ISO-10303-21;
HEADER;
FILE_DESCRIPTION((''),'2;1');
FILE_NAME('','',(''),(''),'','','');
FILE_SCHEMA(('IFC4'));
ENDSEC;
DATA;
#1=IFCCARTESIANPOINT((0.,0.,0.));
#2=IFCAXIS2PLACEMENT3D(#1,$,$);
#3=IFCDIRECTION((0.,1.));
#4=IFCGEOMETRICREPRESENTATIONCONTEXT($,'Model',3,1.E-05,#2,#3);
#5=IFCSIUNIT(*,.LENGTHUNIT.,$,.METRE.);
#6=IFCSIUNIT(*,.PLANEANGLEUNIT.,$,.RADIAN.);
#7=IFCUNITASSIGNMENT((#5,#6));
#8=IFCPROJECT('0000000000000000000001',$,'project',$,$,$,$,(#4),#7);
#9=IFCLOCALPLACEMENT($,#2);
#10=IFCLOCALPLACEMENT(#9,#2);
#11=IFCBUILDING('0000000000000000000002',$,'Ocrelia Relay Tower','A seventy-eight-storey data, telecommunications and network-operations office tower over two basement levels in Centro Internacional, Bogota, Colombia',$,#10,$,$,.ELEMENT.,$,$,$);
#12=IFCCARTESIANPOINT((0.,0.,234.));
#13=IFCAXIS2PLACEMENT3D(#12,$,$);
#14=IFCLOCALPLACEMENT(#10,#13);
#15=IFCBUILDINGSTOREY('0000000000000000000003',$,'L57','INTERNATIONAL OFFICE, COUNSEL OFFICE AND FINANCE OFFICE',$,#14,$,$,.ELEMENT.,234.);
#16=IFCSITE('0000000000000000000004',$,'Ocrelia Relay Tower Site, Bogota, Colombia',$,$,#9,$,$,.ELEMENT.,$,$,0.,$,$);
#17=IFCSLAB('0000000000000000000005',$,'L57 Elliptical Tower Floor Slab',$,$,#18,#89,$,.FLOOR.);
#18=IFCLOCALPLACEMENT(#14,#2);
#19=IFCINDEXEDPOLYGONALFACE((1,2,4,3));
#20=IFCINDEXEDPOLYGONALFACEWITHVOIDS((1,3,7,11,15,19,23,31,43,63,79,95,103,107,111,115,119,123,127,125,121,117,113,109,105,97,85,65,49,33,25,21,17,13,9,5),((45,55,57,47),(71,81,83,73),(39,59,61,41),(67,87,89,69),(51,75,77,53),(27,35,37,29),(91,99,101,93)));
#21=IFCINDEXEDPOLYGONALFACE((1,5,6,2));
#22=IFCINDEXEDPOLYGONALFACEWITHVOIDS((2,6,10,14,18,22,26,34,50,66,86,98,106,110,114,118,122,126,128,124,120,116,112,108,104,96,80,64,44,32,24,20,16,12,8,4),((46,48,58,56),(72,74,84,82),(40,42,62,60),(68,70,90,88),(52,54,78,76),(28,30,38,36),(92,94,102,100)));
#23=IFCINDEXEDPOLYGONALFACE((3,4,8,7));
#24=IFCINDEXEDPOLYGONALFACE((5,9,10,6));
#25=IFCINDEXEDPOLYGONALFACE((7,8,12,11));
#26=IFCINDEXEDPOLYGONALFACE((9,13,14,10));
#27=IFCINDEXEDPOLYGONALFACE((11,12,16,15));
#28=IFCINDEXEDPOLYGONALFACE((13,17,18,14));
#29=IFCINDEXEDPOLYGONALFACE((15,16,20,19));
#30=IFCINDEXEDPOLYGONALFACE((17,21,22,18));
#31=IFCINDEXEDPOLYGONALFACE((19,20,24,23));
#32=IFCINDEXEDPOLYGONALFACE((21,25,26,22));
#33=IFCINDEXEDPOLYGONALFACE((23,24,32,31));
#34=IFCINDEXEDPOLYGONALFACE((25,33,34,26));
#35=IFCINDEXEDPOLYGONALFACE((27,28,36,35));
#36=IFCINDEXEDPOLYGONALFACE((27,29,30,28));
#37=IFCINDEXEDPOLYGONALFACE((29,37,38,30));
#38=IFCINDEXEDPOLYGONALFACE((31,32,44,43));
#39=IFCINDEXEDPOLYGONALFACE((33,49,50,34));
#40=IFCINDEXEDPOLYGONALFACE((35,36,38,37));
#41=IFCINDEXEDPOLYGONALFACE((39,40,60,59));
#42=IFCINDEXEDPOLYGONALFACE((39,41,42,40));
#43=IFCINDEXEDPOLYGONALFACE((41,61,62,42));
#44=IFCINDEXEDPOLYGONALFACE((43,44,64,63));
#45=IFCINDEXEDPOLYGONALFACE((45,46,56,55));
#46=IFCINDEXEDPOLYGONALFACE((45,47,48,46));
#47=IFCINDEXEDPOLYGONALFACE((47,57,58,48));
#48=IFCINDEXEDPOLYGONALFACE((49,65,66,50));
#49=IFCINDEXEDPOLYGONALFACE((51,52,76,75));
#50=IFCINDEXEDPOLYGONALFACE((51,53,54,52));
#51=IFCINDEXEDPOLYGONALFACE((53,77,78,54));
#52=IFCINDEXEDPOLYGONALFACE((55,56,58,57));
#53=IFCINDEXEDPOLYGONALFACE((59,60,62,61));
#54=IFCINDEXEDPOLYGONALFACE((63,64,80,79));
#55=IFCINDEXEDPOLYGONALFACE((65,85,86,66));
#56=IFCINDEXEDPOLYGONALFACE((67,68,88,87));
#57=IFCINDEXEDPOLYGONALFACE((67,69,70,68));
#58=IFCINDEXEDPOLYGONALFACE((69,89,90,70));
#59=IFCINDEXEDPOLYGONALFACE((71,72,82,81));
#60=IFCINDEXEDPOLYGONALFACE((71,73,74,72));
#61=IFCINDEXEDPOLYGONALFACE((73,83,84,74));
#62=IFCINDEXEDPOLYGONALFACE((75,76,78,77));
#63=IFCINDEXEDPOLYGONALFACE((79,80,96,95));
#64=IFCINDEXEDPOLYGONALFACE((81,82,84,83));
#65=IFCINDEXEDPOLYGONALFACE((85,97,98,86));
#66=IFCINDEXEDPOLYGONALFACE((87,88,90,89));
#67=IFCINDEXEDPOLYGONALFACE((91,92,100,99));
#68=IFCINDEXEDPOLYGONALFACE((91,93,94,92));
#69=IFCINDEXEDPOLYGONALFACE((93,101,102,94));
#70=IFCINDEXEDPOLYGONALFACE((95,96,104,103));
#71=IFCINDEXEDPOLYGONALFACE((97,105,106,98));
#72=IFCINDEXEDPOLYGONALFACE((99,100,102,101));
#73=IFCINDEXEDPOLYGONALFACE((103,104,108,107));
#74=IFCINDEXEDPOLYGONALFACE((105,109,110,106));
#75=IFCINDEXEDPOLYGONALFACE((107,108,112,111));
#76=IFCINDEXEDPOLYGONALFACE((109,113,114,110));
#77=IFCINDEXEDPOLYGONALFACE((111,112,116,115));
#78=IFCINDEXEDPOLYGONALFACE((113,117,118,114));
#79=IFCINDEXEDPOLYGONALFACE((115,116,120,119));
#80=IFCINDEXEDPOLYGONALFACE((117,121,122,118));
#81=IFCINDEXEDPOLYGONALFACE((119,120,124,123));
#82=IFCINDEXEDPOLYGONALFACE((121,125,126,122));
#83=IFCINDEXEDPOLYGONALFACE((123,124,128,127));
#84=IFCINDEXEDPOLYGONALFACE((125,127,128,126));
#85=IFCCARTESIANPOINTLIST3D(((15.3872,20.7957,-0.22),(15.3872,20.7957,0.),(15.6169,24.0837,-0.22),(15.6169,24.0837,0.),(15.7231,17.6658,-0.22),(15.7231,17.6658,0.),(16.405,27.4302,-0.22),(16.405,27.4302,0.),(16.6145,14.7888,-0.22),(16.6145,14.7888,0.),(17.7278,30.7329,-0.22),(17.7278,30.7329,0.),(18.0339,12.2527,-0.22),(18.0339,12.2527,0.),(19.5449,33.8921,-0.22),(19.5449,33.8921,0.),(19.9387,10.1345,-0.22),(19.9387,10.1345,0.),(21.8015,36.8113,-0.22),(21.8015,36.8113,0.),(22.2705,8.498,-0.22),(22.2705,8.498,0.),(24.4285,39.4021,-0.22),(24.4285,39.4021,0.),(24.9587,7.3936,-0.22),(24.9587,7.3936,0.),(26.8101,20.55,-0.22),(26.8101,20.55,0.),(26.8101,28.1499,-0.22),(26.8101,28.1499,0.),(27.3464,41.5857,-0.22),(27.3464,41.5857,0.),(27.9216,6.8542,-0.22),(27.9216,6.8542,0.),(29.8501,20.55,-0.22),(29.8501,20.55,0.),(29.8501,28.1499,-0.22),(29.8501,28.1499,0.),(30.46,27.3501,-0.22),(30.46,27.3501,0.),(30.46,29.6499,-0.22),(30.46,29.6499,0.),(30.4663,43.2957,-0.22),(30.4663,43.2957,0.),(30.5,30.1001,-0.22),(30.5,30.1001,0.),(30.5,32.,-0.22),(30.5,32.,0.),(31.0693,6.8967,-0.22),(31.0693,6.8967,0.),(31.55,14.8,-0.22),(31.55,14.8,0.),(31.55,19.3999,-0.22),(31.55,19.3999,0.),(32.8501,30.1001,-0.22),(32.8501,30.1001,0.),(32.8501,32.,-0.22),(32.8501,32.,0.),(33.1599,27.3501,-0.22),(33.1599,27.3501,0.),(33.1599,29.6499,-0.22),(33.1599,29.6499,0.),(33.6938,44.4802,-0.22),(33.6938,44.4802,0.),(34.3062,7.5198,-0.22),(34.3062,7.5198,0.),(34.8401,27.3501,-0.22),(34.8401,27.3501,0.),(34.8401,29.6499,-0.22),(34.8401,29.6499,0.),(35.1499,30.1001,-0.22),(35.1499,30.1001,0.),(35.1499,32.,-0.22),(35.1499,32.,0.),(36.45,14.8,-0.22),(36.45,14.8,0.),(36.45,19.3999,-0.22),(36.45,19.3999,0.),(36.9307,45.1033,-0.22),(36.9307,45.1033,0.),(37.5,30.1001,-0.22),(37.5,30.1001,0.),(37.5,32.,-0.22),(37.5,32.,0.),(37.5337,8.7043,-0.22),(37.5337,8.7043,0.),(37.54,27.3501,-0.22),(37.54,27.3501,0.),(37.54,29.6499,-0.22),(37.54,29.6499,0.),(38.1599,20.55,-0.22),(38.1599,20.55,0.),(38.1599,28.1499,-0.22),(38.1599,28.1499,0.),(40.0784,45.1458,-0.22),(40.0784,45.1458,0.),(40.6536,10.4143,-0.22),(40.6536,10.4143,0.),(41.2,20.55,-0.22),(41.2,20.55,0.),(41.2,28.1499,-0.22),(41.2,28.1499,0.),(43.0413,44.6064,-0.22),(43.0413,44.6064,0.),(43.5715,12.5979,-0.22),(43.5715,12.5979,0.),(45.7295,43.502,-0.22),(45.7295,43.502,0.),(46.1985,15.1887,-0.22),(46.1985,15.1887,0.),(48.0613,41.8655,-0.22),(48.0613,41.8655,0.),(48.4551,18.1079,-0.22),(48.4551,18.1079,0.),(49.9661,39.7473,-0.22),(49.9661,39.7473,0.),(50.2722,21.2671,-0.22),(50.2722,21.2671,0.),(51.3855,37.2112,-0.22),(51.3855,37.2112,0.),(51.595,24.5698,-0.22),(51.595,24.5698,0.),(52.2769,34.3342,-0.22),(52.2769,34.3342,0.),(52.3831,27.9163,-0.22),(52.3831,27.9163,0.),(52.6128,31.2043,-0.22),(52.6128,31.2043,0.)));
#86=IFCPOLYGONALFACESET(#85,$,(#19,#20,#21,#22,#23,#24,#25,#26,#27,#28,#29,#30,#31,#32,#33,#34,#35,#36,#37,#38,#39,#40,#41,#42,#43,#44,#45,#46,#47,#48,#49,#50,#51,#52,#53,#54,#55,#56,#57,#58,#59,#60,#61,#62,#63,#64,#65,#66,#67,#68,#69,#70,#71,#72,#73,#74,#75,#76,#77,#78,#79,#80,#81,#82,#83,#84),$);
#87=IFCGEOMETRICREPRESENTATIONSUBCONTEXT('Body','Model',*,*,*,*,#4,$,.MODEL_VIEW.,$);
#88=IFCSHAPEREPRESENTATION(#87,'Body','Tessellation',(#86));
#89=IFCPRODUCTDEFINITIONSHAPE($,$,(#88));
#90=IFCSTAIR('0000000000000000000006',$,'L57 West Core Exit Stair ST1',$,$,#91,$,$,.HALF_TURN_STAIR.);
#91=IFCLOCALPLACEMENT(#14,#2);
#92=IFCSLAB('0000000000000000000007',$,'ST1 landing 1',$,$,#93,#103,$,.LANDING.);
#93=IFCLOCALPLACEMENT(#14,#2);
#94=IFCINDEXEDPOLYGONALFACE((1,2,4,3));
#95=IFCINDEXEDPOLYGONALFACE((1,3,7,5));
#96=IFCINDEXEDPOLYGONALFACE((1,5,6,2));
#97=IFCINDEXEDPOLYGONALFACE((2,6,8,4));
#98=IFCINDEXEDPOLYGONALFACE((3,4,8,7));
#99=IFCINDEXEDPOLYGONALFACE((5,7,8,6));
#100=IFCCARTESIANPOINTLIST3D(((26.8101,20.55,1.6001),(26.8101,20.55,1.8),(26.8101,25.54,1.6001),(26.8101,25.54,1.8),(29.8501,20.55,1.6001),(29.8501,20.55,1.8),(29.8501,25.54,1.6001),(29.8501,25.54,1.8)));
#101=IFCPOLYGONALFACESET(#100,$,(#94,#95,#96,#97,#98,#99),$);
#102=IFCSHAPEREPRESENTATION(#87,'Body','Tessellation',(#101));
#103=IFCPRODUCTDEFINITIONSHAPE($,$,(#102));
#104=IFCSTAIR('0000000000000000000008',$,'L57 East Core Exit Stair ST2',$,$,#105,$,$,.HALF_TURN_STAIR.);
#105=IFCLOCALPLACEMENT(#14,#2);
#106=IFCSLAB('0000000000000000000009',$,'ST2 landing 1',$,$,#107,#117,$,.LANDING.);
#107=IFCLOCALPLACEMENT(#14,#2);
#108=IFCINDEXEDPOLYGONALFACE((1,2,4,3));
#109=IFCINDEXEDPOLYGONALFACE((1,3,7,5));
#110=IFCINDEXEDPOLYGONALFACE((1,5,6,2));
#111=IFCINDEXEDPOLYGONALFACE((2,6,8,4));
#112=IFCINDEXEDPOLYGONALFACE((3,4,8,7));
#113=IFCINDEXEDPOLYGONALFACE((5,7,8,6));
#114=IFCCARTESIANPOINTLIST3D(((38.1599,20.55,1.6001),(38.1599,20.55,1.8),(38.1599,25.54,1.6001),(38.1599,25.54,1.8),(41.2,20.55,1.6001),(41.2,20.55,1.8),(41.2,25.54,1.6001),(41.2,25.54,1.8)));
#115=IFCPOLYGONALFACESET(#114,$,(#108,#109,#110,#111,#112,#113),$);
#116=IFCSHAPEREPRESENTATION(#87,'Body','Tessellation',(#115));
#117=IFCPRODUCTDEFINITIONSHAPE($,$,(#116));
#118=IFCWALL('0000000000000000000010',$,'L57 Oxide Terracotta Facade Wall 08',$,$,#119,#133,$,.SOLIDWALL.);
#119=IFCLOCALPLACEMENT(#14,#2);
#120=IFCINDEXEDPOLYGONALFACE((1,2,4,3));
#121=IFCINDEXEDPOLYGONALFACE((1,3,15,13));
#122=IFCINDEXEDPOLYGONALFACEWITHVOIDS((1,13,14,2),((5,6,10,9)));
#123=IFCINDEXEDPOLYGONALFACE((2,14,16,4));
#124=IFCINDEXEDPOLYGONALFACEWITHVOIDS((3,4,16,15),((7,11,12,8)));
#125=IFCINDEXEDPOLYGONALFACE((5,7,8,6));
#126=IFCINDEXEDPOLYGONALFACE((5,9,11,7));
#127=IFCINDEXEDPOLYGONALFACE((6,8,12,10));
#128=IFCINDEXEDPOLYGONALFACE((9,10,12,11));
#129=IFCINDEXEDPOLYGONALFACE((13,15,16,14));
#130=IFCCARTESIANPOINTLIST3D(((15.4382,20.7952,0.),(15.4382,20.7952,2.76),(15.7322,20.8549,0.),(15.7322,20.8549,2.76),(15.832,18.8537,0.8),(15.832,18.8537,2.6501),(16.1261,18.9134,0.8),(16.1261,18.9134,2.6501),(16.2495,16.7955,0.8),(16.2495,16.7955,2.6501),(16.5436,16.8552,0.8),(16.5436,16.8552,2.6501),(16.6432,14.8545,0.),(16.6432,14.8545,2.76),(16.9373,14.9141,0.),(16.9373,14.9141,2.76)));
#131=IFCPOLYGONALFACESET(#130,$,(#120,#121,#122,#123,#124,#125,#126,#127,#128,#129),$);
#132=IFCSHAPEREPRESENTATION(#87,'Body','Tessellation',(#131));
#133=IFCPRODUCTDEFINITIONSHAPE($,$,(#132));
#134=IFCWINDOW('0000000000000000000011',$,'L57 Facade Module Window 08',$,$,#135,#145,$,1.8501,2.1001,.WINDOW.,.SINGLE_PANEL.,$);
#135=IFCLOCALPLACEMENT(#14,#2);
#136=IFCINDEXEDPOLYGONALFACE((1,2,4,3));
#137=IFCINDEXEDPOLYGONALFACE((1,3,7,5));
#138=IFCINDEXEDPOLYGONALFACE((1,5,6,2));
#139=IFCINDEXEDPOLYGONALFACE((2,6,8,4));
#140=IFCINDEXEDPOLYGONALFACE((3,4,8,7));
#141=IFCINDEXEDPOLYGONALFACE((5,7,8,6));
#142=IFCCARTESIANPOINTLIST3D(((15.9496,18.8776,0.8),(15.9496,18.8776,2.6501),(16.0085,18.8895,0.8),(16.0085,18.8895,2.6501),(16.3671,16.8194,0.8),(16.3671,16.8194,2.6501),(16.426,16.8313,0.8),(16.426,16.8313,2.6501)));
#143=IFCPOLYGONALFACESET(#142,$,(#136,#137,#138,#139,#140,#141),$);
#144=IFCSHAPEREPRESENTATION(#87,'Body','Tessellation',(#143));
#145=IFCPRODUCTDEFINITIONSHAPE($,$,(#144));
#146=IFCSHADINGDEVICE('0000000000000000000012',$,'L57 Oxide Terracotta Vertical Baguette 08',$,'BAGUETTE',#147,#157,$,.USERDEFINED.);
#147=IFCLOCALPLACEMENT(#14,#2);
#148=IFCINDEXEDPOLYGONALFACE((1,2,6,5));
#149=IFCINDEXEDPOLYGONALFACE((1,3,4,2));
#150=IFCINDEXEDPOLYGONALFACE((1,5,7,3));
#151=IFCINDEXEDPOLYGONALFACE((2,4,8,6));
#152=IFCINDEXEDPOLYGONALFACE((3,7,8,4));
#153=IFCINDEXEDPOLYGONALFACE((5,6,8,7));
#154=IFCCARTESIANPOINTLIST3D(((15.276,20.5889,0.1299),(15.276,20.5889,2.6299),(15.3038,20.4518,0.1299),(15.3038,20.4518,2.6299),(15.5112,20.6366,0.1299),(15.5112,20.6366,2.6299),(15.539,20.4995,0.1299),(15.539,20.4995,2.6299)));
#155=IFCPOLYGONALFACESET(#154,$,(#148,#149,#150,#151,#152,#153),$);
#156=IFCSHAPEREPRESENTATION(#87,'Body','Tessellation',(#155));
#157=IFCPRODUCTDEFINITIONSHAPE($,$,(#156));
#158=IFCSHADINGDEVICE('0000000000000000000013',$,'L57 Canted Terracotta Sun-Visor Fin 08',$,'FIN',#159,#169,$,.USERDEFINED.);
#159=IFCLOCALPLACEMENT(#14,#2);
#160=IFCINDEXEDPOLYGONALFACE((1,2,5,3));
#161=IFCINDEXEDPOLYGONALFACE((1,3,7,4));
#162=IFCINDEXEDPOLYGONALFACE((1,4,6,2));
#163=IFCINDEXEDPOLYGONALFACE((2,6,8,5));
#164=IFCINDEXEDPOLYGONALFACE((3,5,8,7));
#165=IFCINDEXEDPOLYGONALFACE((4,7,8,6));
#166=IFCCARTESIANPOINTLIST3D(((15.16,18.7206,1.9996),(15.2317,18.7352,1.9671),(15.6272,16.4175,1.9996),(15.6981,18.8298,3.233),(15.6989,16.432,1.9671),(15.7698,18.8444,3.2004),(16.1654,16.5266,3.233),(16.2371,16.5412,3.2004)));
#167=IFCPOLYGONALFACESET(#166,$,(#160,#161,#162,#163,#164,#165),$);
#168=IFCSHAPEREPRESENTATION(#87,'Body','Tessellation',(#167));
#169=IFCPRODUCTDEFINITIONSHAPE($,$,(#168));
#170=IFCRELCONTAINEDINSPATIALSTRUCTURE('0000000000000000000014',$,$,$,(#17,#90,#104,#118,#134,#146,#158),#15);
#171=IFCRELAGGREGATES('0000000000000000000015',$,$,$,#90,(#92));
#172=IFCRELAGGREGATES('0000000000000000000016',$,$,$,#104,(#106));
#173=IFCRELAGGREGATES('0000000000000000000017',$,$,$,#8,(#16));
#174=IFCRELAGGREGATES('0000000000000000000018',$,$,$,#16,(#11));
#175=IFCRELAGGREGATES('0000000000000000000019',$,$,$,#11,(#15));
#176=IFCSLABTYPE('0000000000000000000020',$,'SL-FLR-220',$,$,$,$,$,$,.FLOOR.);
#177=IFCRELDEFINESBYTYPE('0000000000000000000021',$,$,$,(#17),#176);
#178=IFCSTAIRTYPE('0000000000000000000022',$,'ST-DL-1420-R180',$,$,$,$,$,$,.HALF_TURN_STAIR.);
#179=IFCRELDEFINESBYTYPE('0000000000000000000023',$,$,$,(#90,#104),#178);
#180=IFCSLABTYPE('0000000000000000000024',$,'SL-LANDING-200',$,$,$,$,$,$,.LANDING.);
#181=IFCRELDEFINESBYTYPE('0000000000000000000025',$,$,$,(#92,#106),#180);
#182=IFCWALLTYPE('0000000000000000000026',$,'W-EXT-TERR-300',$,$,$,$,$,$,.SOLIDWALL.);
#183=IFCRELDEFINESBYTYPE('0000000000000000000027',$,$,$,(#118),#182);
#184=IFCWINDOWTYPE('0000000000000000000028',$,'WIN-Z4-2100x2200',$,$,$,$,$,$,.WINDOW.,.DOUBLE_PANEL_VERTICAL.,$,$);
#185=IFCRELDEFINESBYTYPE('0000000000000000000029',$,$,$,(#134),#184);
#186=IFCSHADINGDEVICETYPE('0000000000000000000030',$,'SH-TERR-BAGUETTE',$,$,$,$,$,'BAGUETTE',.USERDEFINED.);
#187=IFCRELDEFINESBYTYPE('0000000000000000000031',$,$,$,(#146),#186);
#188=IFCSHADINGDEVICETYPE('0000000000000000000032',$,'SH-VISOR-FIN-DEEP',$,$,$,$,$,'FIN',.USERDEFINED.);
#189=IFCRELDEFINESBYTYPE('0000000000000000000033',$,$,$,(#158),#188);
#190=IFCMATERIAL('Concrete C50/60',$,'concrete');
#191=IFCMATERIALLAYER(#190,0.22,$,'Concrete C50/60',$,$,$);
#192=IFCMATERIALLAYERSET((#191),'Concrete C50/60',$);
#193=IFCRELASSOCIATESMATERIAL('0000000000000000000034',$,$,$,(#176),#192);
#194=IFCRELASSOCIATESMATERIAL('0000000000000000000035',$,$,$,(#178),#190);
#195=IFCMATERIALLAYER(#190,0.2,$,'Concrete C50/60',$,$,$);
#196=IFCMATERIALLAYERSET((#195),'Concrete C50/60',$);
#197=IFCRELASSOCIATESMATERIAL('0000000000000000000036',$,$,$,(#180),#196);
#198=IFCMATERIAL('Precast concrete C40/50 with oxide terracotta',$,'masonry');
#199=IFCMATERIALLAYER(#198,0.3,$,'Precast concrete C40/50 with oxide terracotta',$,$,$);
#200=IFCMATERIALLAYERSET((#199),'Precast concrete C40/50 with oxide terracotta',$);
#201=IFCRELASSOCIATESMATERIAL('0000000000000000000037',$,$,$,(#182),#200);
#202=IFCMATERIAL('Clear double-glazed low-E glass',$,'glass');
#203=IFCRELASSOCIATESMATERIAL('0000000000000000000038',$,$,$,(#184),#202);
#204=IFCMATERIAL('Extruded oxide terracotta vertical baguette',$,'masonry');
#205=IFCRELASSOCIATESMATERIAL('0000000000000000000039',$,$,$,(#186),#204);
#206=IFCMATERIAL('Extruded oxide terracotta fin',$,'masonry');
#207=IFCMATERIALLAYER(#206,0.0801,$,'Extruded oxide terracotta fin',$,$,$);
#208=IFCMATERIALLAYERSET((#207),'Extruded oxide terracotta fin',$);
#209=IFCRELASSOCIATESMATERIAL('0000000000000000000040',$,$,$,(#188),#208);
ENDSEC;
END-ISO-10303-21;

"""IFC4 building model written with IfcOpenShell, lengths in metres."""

from ifc_helpers import new_model, si_unit, direction, frame, frame_2d, origin, origin_2d, place, context, subcontext, project, spatial, polyline, rectangle, outline, extrude, material, layer, layer_set, type_object, element, fill, aggregate, save


model = new_model("IFC4")

# Units and contexts
model_context = context("Model", 3, precision=1e-05, world=origin(), true_north=direction((0.0, 1.0)))
body_context = subcontext(model_context, "Body", "Model", "MODEL_VIEW")
ifc_project = project(units=[si_unit("LENGTHUNIT", "METRE"), si_unit("PLANEANGLEUNIT", "RADIAN")], contexts=[model_context])

# Site, building, storey
site_placement = place(None, origin())
site = spatial("IfcSite", under=ifc_project, at=site_placement, Name="Ocrelia Relay Tower Site, Bogota, Colombia", CompositionType="ELEMENT", RefElevation=0.0)
building_placement = place(site_placement, origin())
building = spatial("IfcBuilding", under=site, at=building_placement, Name="Ocrelia Relay Tower", Description="A seventy-eight-storey data, telecommunications and network-operations office tower over two basement levels in Centro Internacional, Bogota, Colombia", CompositionType="ELEMENT")
storey_placement = place(building_placement, frame((0.0, 0.0, 234.0)))
storey = spatial("IfcBuildingStorey", under=building, at=storey_placement, Name="L57", Description="INTERNATIONAL OFFICE, COUNSEL OFFICE AND FINANCE OFFICE", CompositionType="ELEMENT", Elevation=234.0)

# Shared definitions
ifc_material_1 = material(Name="Concrete C50/60", Category="concrete")

# Shared definitions
ifc_material_2 = material(Name="Clear double-glazed low-E glass", Category="glass")

# Slab
ifc_layer_1 = layer(ifc_material_1, 0.22, Name="Concrete C50/60")
ifc_layer_set_1 = layer_set([ifc_layer_1], Name="Concrete C50/60")
slab_type_1 = type_object("IfcSlabType", Name="SL-FLR-220", PredefinedType="FLOOR", material=ifc_layer_set_1)
slab_1_placement = place(storey_placement, frame((0.0, 0.0, -0.22)))
element("IfcSlab", 1, at=slab_1_placement, inside=storey, type_object=slab_type_1, Name="L57 Elliptical Tower Floor Slab", PredefinedType="FLOOR", context=body_context, shape_type="SweptSolid", body=[
    extrude(outline(polyline([(48.0613, 41.8655), (45.7295, 43.502), (43.0413, 44.6064), (40.0784, 45.1458), (36.9307, 45.1033), (33.6938, 44.4802), (30.4663, 43.2957), (27.3464, 41.5857), (24.4285, 39.4021), (21.8015, 36.8113), (19.5449, 33.8921), (17.7278, 30.7329), (16.405, 27.4302), (15.6169, 24.0837), (15.3872, 20.7957), (15.7231, 17.6658), (16.6145, 14.7888), (18.0339, 12.2527), (19.9387, 10.1345), (22.2705, 8.498), (24.9587, 7.3936), (27.9216, 6.8542), (31.0693, 6.8967), (34.3062, 7.5198), (37.5337, 8.7043), (40.6536, 10.4143), (43.5715, 12.5979), (46.1985, 15.1887), (48.4551, 18.1079), (50.2722, 21.2671), (51.595, 24.5698), (52.3831, 27.9163), (52.6128, 31.2043), (52.2769, 34.3342), (51.3855, 37.2112), (49.9661, 39.7473), (48.0613, 41.8655)]), holes=[polyline([(26.8101, 28.1499), (26.8101, 20.55), (29.8501, 20.55), (29.8501, 28.1499), (26.8101, 28.1499)]), polyline([(38.1599, 28.1499), (38.1599, 20.55), (41.2, 20.55), (41.2, 28.1499), (38.1599, 28.1499)]), polyline([(30.46, 27.3501), (33.1599, 27.3501), (33.1599, 29.6499), (30.46, 29.6499), (30.46, 27.3501)]), polyline([(34.8401, 27.3501), (37.54, 27.3501), (37.54, 29.6499), (34.8401, 29.6499), (34.8401, 27.3501)]), polyline([(30.5, 30.1001), (32.8501, 30.1001), (32.8501, 32.0), (30.5, 32.0), (30.5, 30.1001)]), polyline([(35.1499, 30.1001), (37.5, 30.1001), (37.5, 32.0), (35.1499, 32.0), (35.1499, 30.1001)]), polyline([(31.55, 14.8), (36.45, 14.8), (36.45, 19.3999), (31.55, 19.3999), (31.55, 14.8)])]), origin(), (0.0, 0.0, 1.0), 0.22),
])

# Stairs, slabs
stair_type = type_object("IfcStairType", Name="ST-DL-1420-R180", PredefinedType="HALF_TURN_STAIR", material=ifc_material_1)
stair_1_placement = place(storey_placement, origin())
stair_1 = element("IfcStair", 2, at=stair_1_placement, inside=storey, type_object=stair_type, Name="L57 West Core Exit Stair ST1", PredefinedType="HALF_TURN_STAIR")
ifc_layer_2 = layer(ifc_material_1, 0.2, Name="Concrete C50/60")
ifc_layer_set_2 = layer_set([ifc_layer_2], Name="Concrete C50/60")
slab_type_2 = type_object("IfcSlabType", Name="SL-LANDING-200", PredefinedType="LANDING", material=ifc_layer_set_2)
slab_2_placement = place(storey_placement, frame((0.0, 0.0, 1.6001)))
slab_2 = element("IfcSlab", 3, at=slab_2_placement, type_object=slab_type_2, Name="ST1 landing 1", PredefinedType="LANDING", context=body_context, shape_type="SweptSolid", body=[
    extrude(outline(polyline([(26.8101, 25.54), (26.8101, 20.55), (29.8501, 20.55), (29.8501, 25.54), (26.8101, 25.54)])), origin(), (0.0, 0.0, 1.0), 0.2),
])
aggregate(stair_1, [slab_2])
stair_2_placement = place(storey_placement, origin())
stair_2 = element("IfcStair", 4, at=stair_2_placement, inside=storey, type_object=stair_type, Name="L57 East Core Exit Stair ST2", PredefinedType="HALF_TURN_STAIR")
slab_3_placement = place(storey_placement, frame((0.0, 0.0, 1.6001)))
slab_3 = element("IfcSlab", 5, at=slab_3_placement, type_object=slab_type_2, Name="ST2 landing 1", PredefinedType="LANDING", context=body_context, shape_type="SweptSolid", body=[
    extrude(outline(polyline([(38.1599, 25.54), (38.1599, 20.55), (41.2, 20.55), (41.2, 25.54), (38.1599, 25.54)])), origin(), (0.0, 0.0, 1.0), 0.2),
])
aggregate(stair_2, [slab_3])

# Wall, opening, window
ifc_material_3 = material(Name="Precast concrete C40/50 with oxide terracotta", Category="masonry")
ifc_layer_3 = layer(ifc_material_3, 0.3, Name="Precast concrete C40/50 with oxide terracotta")
ifc_layer_set_3 = layer_set([ifc_layer_3], Name="Precast concrete C40/50 with oxide terracotta")
wall_type = type_object("IfcWallType", Name="W-EXT-TERR-300", PredefinedType="SOLIDWALL", material=ifc_layer_set_3)
wall_placement = place(storey_placement, frame((15.5852, 20.825, 0.0), z_axis=(0.0, 0.0, 1.0), x_axis=(0.198803, -0.980039, 0.0)))
wall = element("IfcWall", 6, at=wall_placement, inside=storey, type_object=wall_type, Name="L57 Oxide Terracotta Facade Wall 08", PredefinedType="SOLIDWALL", context=body_context, shape_type="SweptSolid", body=[
    extrude(rectangle(XDim=6.0618, YDim=0.3, at=frame_2d((3.0308, 0.0))), origin(), (0.0, 0.0, 1.0), 2.76),
])
opening_placement = place(wall_placement, frame((1.981, 0.0, 0.8)))
opening = element("IfcOpeningElement", 7, at=opening_placement, cuts=wall, PredefinedType="OPENING", context=body_context, shape_type="SweptSolid", body=[
    extrude(rectangle(XDim=2.1001, YDim=1.8501, at=frame_2d((1.05, 0.925))), frame((0.0, 0.1602, 0.0), z_axis=(0.0, -1.0, 0.0), x_axis=(1.0, 0.0, 0.0)), (0.0, 0.0, 1.0), 0.3201),
])
window_type = type_object("IfcWindowType", Name="WIN-Z4-2100x2200", PartitioningType="DOUBLE_PANEL_VERTICAL", PredefinedType="WINDOW", material=ifc_material_2)
window_placement = place(opening_placement, origin())
window = element("IfcWindow", 8, at=window_placement, inside=storey, type_object=window_type, Name="L57 Facade Module Window 08", OverallHeight=1.8501, OverallWidth=2.1001, PartitioningType="SINGLE_PANEL", PredefinedType="WINDOW", context=body_context, shape_type="SweptSolid", body=[
    extrude(rectangle(XDim=2.1001, YDim=1.8501, at=frame_2d((1.05, 0.925))), frame((0.0, 0.03, 0.0), z_axis=(0.0, -1.0, 0.0), x_axis=(1.0, 0.0, 0.0)), (0.0, 0.0, 1.0), 0.0601),
])
fill(opening, window)

# Shading devices
ifc_material_4 = material(Name="Extruded oxide terracotta vertical baguette", Category="masonry")
shading_device_type_1 = type_object("IfcShadingDeviceType", Name="SH-TERR-BAGUETTE", ElementType="BAGUETTE", PredefinedType="USERDEFINED", material=ifc_material_4)
shading_device_1_placement = place(storey_placement, frame((15.4075, 20.5442, 0.1299), z_axis=(0.0, 0.0, 1.0), x_axis=(0.198818, -0.980036, 0.0)))
element("IfcShadingDevice", 9, at=shading_device_1_placement, inside=storey, type_object=shading_device_type_1, Name="L57 Oxide Terracotta Vertical Baguette 08", ObjectType="BAGUETTE", PredefinedType="USERDEFINED", context=body_context, shape_type="SweptSolid", body=[
    extrude(rectangle(XDim=0.1399, YDim=0.24, at=origin_2d()), origin(), (0.0, 0.0, 1.0), 2.5),
])
ifc_material_5 = material(Name="Extruded oxide terracotta fin", Category="masonry")
ifc_layer_4 = layer(ifc_material_5, 0.0801, Name="Extruded oxide terracotta fin")
ifc_layer_set_4 = layer_set([ifc_layer_4], Name="Extruded oxide terracotta fin")
shading_device_type_2 = type_object("IfcShadingDeviceType", Name="SH-VISOR-FIN-DEEP", ElementType="FIN", PredefinedType="USERDEFINED", material=ifc_layer_set_4)
shading_device_2_placement = place(storey_placement, frame((15.7344, 17.6382, 2.5837), z_axis=(-0.895308, -0.18163, 0.406737), x_axis=(0.198818, -0.980036, 0.0)))
element("IfcShadingDevice", 10, at=shading_device_2_placement, inside=storey, type_object=shading_device_type_2, Name="L57 Canted Terracotta Sun-Visor Fin 08", ObjectType="FIN", PredefinedType="USERDEFINED", context=body_context, shape_type="SweptSolid", body=[
    extrude(rectangle(XDim=2.3501, YDim=1.3501, at=origin_2d()), origin(), (0.0, 0.0, 1.0), 0.0801),
])

save(model, "model.ifc")
